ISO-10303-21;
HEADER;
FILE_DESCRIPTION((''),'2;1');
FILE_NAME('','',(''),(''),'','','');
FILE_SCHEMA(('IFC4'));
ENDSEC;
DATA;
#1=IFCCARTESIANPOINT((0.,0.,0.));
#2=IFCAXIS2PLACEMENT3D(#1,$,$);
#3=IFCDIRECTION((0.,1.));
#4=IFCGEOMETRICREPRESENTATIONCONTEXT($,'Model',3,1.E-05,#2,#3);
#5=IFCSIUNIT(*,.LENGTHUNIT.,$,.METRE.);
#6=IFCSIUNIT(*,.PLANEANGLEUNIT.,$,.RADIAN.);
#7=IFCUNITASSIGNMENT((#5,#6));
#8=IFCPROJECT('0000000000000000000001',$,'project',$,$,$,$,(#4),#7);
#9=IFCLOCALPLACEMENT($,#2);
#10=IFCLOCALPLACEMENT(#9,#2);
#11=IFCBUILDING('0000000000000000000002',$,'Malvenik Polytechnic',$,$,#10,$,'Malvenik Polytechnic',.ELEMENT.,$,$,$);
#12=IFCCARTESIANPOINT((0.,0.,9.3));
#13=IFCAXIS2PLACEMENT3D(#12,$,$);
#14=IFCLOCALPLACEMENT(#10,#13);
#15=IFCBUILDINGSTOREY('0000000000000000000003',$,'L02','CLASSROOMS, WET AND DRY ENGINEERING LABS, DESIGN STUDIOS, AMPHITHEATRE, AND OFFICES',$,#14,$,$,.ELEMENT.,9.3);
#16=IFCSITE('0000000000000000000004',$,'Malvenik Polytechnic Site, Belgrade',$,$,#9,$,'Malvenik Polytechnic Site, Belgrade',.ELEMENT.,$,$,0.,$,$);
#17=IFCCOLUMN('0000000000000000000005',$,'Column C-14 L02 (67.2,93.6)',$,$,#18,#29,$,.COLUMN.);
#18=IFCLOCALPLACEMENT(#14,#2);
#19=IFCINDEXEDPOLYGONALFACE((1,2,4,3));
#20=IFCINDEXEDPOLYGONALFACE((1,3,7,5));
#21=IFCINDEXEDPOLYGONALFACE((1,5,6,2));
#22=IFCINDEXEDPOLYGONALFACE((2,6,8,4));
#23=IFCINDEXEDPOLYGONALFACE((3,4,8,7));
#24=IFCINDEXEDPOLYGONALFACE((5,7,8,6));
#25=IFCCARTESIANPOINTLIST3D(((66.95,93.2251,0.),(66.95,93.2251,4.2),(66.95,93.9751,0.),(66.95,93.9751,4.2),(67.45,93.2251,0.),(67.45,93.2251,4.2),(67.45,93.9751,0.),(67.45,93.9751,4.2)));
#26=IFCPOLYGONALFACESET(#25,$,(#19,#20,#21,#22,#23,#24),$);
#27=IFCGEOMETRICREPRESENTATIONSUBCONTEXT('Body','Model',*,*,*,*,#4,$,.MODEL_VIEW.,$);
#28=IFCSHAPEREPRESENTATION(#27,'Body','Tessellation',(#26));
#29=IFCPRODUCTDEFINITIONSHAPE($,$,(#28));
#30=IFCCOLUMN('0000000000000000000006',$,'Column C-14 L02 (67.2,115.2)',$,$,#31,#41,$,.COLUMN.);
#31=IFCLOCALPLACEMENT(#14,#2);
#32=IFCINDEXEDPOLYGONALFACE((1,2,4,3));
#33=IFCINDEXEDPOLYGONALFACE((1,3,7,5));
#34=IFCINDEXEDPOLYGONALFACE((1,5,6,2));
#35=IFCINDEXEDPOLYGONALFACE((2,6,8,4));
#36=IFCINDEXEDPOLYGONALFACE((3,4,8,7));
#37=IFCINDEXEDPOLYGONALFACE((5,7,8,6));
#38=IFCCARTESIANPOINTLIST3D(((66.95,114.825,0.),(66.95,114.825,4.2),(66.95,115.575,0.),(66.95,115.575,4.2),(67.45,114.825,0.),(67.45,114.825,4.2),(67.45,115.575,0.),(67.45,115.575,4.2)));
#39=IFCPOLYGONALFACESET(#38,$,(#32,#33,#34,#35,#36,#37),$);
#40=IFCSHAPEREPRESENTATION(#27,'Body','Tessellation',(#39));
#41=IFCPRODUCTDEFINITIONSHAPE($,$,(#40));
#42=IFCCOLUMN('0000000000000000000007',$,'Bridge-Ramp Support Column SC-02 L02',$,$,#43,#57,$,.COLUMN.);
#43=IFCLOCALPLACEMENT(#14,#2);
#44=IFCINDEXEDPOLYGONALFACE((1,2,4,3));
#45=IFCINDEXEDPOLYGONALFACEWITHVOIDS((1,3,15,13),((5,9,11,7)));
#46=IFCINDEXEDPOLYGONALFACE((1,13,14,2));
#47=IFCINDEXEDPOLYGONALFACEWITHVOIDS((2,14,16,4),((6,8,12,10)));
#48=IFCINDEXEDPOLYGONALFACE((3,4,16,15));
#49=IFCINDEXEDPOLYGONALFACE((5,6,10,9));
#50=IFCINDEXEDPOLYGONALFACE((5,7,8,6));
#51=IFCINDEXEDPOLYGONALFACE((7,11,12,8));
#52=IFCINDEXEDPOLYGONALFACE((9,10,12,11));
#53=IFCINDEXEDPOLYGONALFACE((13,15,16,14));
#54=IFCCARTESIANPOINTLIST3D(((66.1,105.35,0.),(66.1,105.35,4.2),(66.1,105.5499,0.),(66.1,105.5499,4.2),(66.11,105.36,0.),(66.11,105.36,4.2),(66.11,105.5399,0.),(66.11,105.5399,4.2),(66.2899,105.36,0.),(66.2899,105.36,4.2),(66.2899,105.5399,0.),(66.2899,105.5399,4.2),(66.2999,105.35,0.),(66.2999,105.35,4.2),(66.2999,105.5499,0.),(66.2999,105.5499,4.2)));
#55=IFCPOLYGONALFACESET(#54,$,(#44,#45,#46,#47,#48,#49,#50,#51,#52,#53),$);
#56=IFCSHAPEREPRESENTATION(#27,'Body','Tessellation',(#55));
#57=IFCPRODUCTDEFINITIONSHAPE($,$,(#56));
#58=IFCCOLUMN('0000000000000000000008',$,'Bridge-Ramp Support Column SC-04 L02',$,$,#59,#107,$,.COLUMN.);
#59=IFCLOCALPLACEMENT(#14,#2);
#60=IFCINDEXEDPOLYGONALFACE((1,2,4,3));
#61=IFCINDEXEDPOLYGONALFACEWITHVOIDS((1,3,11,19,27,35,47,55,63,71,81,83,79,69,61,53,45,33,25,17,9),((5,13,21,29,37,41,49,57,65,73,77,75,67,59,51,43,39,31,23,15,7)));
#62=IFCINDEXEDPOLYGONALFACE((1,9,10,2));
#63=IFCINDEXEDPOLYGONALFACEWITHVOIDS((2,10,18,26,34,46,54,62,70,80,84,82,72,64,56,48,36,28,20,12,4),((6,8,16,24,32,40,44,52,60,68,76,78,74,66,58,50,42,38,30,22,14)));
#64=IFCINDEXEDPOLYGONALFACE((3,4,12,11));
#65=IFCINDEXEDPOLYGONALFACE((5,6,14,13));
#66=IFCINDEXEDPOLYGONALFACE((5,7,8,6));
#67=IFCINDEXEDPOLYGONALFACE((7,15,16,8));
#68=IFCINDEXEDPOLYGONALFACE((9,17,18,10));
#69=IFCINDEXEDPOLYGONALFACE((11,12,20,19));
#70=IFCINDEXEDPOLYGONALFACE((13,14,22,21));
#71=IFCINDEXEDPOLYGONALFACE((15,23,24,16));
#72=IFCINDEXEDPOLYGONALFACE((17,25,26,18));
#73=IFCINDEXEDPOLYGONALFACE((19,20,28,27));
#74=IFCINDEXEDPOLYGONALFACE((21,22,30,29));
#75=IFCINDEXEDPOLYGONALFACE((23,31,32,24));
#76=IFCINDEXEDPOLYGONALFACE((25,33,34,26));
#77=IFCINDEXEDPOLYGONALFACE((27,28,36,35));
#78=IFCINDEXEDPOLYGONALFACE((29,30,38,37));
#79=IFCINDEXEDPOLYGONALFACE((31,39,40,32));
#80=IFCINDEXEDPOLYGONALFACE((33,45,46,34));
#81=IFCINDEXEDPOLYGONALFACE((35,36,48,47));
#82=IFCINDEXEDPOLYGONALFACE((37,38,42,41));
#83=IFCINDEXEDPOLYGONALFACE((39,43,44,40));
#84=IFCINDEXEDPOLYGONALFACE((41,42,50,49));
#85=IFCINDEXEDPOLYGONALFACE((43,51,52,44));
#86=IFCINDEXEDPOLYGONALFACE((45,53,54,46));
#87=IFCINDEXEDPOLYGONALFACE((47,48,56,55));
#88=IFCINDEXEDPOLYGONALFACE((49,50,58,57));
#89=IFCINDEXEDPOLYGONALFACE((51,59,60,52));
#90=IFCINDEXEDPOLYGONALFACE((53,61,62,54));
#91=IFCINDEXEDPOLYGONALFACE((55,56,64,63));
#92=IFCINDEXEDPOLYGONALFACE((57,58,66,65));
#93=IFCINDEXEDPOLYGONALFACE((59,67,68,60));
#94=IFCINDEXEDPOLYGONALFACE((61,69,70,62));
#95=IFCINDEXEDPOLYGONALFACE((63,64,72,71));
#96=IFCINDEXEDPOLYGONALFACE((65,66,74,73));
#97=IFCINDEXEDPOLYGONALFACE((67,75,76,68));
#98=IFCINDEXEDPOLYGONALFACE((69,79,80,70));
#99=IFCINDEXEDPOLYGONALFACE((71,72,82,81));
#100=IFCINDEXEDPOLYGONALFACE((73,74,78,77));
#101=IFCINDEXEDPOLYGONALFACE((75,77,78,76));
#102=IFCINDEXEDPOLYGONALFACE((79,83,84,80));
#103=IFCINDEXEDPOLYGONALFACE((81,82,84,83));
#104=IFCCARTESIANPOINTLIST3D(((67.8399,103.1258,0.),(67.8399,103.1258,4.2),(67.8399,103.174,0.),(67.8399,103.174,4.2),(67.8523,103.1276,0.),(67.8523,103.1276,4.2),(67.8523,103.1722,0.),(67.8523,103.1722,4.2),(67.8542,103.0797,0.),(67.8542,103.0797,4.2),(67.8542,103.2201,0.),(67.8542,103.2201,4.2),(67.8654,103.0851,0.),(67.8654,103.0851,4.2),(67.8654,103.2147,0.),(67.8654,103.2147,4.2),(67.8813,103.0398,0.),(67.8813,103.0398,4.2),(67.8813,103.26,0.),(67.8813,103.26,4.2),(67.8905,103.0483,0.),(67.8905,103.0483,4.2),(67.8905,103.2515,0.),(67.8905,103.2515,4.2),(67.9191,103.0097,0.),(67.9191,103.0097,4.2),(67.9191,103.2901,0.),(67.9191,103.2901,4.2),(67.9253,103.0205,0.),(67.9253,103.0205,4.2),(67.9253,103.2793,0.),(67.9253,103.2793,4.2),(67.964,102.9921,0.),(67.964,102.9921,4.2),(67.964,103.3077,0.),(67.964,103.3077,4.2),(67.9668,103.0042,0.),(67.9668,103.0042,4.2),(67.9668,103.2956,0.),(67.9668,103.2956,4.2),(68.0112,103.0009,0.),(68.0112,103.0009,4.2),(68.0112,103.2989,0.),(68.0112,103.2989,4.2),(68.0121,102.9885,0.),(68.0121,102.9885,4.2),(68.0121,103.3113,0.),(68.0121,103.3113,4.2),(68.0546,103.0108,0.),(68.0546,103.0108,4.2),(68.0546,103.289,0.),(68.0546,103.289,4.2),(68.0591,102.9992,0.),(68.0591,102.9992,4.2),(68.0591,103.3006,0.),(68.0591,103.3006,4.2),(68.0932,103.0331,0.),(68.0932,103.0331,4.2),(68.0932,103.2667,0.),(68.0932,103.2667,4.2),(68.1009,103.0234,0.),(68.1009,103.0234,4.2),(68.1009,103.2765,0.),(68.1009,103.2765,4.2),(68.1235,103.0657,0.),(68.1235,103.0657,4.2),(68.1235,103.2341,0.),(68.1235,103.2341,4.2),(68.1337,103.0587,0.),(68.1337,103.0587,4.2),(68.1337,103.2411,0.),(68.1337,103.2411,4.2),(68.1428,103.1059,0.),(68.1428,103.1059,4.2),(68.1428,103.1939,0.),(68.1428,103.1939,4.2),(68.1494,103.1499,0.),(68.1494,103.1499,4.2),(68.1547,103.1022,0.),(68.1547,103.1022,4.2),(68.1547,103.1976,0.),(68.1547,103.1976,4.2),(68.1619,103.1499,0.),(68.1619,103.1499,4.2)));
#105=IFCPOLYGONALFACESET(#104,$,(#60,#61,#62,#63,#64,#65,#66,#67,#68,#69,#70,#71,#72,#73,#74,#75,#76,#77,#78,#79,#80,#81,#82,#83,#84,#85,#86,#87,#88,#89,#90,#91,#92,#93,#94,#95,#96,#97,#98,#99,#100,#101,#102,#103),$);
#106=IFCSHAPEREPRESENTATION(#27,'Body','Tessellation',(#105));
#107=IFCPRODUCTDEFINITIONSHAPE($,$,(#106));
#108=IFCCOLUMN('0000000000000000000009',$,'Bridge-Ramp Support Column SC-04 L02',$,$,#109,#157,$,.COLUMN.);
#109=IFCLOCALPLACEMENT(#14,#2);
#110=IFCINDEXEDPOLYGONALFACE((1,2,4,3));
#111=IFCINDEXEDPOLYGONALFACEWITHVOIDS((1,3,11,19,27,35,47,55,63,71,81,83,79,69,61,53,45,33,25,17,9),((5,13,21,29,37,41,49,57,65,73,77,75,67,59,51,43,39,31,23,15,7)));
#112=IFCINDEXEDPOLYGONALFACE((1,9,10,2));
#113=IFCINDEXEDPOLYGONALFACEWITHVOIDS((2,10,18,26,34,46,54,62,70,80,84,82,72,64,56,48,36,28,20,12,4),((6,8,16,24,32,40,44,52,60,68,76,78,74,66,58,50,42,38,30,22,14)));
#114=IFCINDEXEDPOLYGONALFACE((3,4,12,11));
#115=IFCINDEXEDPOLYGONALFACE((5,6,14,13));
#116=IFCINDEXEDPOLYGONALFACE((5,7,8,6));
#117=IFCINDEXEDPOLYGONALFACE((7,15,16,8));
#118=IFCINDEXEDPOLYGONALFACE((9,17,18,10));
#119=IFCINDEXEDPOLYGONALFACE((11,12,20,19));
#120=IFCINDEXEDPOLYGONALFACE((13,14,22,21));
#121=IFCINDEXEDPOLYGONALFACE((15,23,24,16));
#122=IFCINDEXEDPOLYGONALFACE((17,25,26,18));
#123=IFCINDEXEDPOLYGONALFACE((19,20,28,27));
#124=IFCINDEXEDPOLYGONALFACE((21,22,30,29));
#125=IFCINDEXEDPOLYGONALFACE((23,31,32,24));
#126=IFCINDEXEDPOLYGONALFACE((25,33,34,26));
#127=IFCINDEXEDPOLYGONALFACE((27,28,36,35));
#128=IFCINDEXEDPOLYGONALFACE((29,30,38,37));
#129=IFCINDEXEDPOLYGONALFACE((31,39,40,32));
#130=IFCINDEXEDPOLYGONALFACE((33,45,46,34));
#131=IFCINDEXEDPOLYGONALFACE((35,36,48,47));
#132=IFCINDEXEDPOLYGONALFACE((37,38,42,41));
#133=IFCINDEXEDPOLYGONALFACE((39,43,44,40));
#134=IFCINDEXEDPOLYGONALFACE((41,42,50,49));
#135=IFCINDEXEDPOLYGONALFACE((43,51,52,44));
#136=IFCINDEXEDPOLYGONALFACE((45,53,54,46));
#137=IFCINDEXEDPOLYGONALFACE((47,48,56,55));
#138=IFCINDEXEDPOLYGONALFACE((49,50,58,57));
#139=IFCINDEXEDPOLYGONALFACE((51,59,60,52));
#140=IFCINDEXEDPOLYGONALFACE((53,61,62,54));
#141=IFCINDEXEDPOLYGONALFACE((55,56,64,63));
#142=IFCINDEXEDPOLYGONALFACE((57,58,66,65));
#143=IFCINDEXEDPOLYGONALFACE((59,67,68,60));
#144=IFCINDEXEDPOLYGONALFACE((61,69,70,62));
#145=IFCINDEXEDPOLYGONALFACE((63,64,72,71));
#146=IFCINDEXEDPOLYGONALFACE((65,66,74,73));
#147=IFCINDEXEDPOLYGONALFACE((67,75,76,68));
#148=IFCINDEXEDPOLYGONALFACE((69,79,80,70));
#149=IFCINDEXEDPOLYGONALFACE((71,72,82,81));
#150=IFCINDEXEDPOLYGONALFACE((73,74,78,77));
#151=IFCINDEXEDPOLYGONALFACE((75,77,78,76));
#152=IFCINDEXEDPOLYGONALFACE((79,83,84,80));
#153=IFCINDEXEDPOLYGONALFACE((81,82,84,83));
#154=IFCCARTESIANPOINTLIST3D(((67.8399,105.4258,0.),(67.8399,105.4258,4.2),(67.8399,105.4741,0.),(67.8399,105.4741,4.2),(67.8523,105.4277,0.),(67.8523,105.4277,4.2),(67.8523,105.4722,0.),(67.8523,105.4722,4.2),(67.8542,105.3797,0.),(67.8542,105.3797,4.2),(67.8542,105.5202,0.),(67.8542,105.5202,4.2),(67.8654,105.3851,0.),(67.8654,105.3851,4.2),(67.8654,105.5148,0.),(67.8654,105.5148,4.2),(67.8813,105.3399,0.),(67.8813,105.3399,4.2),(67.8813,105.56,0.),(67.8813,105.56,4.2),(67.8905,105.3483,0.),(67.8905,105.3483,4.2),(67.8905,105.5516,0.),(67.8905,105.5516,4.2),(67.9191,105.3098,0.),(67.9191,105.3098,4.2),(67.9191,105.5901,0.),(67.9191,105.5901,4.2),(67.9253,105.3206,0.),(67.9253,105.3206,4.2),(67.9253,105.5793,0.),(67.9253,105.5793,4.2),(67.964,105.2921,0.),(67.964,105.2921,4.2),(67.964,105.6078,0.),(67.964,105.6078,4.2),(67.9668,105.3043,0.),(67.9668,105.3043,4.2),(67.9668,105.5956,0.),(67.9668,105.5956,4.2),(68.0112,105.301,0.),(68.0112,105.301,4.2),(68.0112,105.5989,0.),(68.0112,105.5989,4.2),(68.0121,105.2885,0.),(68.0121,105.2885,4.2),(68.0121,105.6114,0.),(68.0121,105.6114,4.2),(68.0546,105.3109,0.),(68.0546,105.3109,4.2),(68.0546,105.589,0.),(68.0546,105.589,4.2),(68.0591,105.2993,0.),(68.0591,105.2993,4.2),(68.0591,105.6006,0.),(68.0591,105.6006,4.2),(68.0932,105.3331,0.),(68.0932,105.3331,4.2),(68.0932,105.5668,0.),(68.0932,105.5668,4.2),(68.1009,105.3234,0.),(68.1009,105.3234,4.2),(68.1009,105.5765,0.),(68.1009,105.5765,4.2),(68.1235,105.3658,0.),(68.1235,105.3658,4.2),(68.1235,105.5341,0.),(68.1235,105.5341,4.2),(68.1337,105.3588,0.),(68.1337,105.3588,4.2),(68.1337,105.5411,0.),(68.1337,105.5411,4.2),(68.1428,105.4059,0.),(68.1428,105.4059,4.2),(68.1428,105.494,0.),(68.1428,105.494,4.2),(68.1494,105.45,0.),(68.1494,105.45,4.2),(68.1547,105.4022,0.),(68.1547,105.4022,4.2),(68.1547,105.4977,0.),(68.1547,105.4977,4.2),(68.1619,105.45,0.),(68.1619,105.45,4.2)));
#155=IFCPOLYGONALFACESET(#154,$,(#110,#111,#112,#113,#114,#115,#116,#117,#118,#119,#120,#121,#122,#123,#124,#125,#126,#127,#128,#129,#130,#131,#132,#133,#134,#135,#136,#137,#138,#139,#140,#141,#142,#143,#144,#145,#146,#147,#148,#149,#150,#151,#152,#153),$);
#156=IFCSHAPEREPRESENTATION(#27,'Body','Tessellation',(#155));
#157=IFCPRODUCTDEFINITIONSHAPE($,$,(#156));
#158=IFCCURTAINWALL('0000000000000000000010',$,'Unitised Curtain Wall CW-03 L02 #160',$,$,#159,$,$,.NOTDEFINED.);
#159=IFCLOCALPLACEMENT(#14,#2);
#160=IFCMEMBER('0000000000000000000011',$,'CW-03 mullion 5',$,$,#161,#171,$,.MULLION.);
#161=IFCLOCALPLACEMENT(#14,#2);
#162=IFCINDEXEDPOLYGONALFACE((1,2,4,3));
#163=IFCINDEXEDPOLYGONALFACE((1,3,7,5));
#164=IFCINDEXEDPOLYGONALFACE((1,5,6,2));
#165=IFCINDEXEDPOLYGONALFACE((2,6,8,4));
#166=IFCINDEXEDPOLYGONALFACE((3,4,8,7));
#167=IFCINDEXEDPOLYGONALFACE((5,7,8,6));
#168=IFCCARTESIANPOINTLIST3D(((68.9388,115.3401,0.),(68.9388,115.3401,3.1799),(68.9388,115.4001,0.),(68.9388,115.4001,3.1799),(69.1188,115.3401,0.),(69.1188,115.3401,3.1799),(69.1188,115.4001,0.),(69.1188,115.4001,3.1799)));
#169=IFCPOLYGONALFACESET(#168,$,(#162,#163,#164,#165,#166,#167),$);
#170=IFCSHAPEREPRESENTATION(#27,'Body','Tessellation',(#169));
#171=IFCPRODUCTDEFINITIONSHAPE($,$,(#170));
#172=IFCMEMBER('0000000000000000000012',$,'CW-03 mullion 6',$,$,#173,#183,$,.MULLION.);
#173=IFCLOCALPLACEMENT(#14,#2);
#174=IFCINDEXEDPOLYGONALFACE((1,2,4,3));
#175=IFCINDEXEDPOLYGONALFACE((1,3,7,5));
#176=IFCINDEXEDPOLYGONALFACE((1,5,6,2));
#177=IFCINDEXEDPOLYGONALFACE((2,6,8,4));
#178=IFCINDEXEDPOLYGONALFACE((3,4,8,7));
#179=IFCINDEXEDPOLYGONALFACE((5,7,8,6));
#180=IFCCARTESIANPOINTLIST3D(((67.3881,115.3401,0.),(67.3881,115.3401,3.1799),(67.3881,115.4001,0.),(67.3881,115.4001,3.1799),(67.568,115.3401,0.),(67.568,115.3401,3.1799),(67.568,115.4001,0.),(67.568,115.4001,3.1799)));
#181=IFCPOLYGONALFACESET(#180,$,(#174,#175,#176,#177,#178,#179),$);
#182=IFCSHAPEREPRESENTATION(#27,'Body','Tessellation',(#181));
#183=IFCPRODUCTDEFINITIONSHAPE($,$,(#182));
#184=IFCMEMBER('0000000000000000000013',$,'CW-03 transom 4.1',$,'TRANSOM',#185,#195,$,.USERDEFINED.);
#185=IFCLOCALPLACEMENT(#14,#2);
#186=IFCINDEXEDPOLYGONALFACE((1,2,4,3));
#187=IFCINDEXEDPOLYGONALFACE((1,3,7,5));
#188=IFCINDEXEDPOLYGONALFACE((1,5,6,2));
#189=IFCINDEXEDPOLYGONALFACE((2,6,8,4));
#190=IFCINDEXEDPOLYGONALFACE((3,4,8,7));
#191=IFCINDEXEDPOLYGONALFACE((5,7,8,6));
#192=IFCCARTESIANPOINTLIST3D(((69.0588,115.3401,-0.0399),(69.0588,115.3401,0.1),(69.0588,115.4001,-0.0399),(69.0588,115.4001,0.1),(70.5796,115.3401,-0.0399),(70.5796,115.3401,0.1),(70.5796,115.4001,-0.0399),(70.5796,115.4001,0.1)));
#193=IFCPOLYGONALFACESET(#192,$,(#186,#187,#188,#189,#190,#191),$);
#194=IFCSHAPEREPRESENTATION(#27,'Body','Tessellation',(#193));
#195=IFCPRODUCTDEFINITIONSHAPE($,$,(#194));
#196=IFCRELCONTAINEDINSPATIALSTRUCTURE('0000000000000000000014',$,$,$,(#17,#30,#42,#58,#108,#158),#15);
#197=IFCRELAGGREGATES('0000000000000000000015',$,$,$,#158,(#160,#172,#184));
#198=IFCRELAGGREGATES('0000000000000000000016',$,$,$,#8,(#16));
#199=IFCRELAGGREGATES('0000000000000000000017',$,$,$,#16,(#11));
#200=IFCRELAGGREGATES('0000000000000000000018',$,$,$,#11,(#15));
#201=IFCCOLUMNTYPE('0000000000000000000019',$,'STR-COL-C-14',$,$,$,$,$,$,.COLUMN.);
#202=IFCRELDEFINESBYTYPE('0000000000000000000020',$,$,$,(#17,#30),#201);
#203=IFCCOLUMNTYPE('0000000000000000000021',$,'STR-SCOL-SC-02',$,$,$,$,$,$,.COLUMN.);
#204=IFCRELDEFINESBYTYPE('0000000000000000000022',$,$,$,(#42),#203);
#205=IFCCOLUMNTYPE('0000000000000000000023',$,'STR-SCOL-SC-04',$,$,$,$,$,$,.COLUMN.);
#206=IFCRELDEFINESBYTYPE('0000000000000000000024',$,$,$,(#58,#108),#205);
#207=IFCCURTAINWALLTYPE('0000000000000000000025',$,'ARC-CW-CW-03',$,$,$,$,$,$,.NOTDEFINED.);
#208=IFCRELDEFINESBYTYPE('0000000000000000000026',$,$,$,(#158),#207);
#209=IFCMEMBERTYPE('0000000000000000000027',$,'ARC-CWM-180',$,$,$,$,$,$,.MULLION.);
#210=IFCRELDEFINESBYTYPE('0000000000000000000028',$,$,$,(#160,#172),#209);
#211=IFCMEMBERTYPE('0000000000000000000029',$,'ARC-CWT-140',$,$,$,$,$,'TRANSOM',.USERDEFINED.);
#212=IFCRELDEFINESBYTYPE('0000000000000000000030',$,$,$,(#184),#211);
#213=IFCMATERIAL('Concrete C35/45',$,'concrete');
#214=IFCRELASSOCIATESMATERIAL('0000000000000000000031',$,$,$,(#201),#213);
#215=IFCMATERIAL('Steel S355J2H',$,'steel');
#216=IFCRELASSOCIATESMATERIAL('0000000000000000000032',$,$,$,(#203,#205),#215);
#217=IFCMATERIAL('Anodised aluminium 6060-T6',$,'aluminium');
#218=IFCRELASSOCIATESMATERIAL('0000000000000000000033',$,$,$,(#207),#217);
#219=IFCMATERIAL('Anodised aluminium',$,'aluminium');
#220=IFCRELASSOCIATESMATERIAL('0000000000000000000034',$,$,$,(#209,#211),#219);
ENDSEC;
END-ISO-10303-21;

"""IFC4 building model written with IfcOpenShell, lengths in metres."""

from ifc_helpers import new_model, si_unit, direction, frame, origin, origin_2d, place, context, subcontext, project, spatial, rectangle, hollow_rectangle, hollow_circle, extrude, material, material_profile, profile_set, type_object, element, aggregate, save


model = new_model("IFC4")

# Units and contexts
model_context = context("Model", 3, precision=1e-05, world=origin(), true_north=direction((0.0, 1.0)))
body_context = subcontext(model_context, "Body", "Model", "MODEL_VIEW")
ifc_project = project(units=[si_unit("LENGTHUNIT", "METRE"), si_unit("PLANEANGLEUNIT", "RADIAN")], contexts=[model_context])

# Site, building, storey
site_placement = place(None, origin())
site = spatial("IfcSite", under=ifc_project, at=site_placement, Name="Malvenik Polytechnic Site, Belgrade", LongName="Malvenik Polytechnic Site, Belgrade", CompositionType="ELEMENT", RefElevation=0.0)
building_placement = place(site_placement, origin())
building = spatial("IfcBuilding", under=site, at=building_placement, Name="Malvenik Polytechnic", LongName="Malvenik Polytechnic", CompositionType="ELEMENT")
storey_placement = place(building_placement, frame((0.0, 0.0, 9.3)))
storey = spatial("IfcBuildingStorey", under=building, at=storey_placement, Name="L02", Description="CLASSROOMS, WET AND DRY ENGINEERING LABS, DESIGN STUDIOS, AMPHITHEATRE, AND OFFICES", CompositionType="ELEMENT", Elevation=9.3)

# Columns
ifc_material_1 = material(Name="Concrete C35/45", Category="concrete")
ifc_material_profile_1 = material_profile(ifc_material_1, rectangle(XDim=0.5, YDim=0.75, at=origin_2d()), Name="RC COL 750x500")
ifc_profile_set_1 = profile_set([ifc_material_profile_1], Name="Concrete C35/45")
column_type_1 = type_object("IfcColumnType", Name="STR-COL-C-14", PredefinedType="COLUMN", material=ifc_profile_set_1)
for number, where, z_axis, x_axis, name in (
    (1, (67.2, 93.6001, 0.0), (0.0, 0.0, 1.0), (1.0, 0.0, 0.0), "Column C-14 L02 (67.2,93.6)"),
    (2, (67.2, 115.2, 0.0), (0.0, 0.0, 1.0), (1.0, 0.0, 0.0), "Column C-14 L02 (67.2,115.2)"),
):
    element("IfcColumn", number, at=place(storey_placement, frame(where, z_axis=z_axis, x_axis=x_axis)), inside=storey, type_object=column_type_1, Name=name, PredefinedType="COLUMN", context=body_context, shape_type="SweptSolid", body=[
        extrude(rectangle(XDim=0.5, YDim=0.75, at=origin_2d()), origin(), (0.0, 0.0, 1.0), 4.2),
    ])
ifc_material_2 = material(Name="Steel S355J2H", Category="steel")
ifc_material_profile_2 = material_profile(ifc_material_2, hollow_rectangle(XDim=0.2, YDim=0.2, WallThickness=0.01, at=origin_2d()), Name="SHS 200x200x10.0")
ifc_profile_set_2 = profile_set([ifc_material_profile_2], Name="Steel S355J2H")
column_type_2 = type_object("IfcColumnType", Name="STR-SCOL-SC-02", PredefinedType="COLUMN", material=ifc_profile_set_2)
column_placement = place(storey_placement, frame((66.2, 105.45, 0.0), z_axis=(0.0, 0.0, 1.0), x_axis=(1.0, 0.0, 0.0)))
element("IfcColumn", 3, at=column_placement, inside=storey, type_object=column_type_2, Name="Bridge-Ramp Support Column SC-02 L02", PredefinedType="COLUMN", context=body_context, shape_type="SweptSolid", body=[
    extrude(hollow_rectangle(XDim=0.2, YDim=0.2, WallThickness=0.01, at=origin_2d()), origin(), (0.0, 0.0, 1.0), 4.2),
])
ifc_material_profile_3 = material_profile(ifc_material_2, hollow_circle(Radius=0.1619, WallThickness=0.0125, at=origin_2d()), Name="CHS 323.9x12.5")
ifc_profile_set_3 = profile_set([ifc_material_profile_3], Name="Steel S355J2H")
column_type_3 = type_object("IfcColumnType", Name="STR-SCOL-SC-04", PredefinedType="COLUMN", material=ifc_profile_set_3)
for number, where, z_axis, x_axis, name in (
    (4, (68.0, 103.1499, 0.0), (0.0, 0.0, 1.0), (1.0, 0.0, 0.0), "Bridge-Ramp Support Column SC-04 L02"),
    (5, (68.0, 105.45, 0.0), (0.0, 0.0, 1.0), (1.0, 0.0, 0.0), "Bridge-Ramp Support Column SC-04 L02"),
):
    element("IfcColumn", number, at=place(storey_placement, frame(where, z_axis=z_axis, x_axis=x_axis)), inside=storey, type_object=column_type_3, Name=name, PredefinedType="COLUMN", context=body_context, shape_type="SweptSolid", body=[
        extrude(hollow_circle(Radius=0.1619, WallThickness=0.0125, at=origin_2d()), origin(), (0.0, 0.0, 1.0), 4.2),
    ])

# Curtain wall, members
ifc_material_3 = material(Name="Anodised aluminium 6060-T6", Category="aluminium")
curtain_wall_type = type_object("IfcCurtainWallType", Name="ARC-CW-CW-03", PredefinedType="NOTDEFINED", material=ifc_material_3)
curtain_wall_placement = place(storey_placement, origin())
curtain_wall = element("IfcCurtainWall", 6, at=curtain_wall_placement, inside=storey, type_object=curtain_wall_type, Name="Unitised Curtain Wall CW-03 L02 #160", PredefinedType="NOTDEFINED")
ifc_material_4 = material(Name="Anodised aluminium", Category="aluminium")
ifc_material_profile_4 = material_profile(ifc_material_4, rectangle(XDim=0.0601, YDim=0.1799, at=origin_2d()), Name="ALU MULLION 60x180")
ifc_profile_set_4 = profile_set([ifc_material_profile_4], Name="Anodised aluminium")
member_type_1 = type_object("IfcMemberType", Name="ARC-CWM-180", PredefinedType="MULLION", material=ifc_profile_set_4)
member_1_placement = place(storey_placement, frame((69.0288, 115.3701, 0.0), z_axis=(0.0, 0.0, 1.0), x_axis=(0.0, -1.0, 0.0)))
member_1 = element("IfcMember", 7, at=member_1_placement, type_object=member_type_1, Name="CW-03 mullion 5", PredefinedType="MULLION", context=body_context, shape_type="SweptSolid", body=[
    extrude(rectangle(XDim=0.0601, YDim=0.1799, at=origin_2d()), origin(), (0.0, 0.0, 1.0), 3.1799),
])
member_2_placement = place(storey_placement, frame((67.478, 115.3701, 0.0), z_axis=(0.0, 0.0, 1.0), x_axis=(0.0, -1.0, 0.0)))
member_2 = element("IfcMember", 8, at=member_2_placement, type_object=member_type_1, Name="CW-03 mullion 6", PredefinedType="MULLION", context=body_context, shape_type="SweptSolid", body=[
    extrude(rectangle(XDim=0.0601, YDim=0.1799, at=origin_2d()), origin(), (0.0, 0.0, 1.0), 3.1799),
])
ifc_material_profile_5 = material_profile(ifc_material_4, rectangle(XDim=0.0601, YDim=0.1399, at=origin_2d()), Name="ALU TRANSOM 60x140")
ifc_profile_set_5 = profile_set([ifc_material_profile_5], Name="Anodised aluminium")
member_type_2 = type_object("IfcMemberType", Name="ARC-CWT-140", ElementType="TRANSOM", PredefinedType="USERDEFINED", material=ifc_profile_set_5)
member_3_placement = place(storey_placement, frame((70.5796, 115.3701, 0.03), z_axis=(-1.0, 0.0, 0.0), x_axis=(0.0, -1.0, 0.0)))
member_3 = element("IfcMember", 9, at=member_3_placement, type_object=member_type_2, Name="CW-03 transom 4.1", ObjectType="TRANSOM", PredefinedType="USERDEFINED", context=body_context, shape_type="SweptSolid", body=[
    extrude(rectangle(XDim=0.0601, YDim=0.1399, at=origin_2d()), origin(), (0.0, 0.0, 1.0), 1.5208),
])

aggregate(curtain_wall, [member_1, member_2, member_3])

save(model, "model.ifc")
